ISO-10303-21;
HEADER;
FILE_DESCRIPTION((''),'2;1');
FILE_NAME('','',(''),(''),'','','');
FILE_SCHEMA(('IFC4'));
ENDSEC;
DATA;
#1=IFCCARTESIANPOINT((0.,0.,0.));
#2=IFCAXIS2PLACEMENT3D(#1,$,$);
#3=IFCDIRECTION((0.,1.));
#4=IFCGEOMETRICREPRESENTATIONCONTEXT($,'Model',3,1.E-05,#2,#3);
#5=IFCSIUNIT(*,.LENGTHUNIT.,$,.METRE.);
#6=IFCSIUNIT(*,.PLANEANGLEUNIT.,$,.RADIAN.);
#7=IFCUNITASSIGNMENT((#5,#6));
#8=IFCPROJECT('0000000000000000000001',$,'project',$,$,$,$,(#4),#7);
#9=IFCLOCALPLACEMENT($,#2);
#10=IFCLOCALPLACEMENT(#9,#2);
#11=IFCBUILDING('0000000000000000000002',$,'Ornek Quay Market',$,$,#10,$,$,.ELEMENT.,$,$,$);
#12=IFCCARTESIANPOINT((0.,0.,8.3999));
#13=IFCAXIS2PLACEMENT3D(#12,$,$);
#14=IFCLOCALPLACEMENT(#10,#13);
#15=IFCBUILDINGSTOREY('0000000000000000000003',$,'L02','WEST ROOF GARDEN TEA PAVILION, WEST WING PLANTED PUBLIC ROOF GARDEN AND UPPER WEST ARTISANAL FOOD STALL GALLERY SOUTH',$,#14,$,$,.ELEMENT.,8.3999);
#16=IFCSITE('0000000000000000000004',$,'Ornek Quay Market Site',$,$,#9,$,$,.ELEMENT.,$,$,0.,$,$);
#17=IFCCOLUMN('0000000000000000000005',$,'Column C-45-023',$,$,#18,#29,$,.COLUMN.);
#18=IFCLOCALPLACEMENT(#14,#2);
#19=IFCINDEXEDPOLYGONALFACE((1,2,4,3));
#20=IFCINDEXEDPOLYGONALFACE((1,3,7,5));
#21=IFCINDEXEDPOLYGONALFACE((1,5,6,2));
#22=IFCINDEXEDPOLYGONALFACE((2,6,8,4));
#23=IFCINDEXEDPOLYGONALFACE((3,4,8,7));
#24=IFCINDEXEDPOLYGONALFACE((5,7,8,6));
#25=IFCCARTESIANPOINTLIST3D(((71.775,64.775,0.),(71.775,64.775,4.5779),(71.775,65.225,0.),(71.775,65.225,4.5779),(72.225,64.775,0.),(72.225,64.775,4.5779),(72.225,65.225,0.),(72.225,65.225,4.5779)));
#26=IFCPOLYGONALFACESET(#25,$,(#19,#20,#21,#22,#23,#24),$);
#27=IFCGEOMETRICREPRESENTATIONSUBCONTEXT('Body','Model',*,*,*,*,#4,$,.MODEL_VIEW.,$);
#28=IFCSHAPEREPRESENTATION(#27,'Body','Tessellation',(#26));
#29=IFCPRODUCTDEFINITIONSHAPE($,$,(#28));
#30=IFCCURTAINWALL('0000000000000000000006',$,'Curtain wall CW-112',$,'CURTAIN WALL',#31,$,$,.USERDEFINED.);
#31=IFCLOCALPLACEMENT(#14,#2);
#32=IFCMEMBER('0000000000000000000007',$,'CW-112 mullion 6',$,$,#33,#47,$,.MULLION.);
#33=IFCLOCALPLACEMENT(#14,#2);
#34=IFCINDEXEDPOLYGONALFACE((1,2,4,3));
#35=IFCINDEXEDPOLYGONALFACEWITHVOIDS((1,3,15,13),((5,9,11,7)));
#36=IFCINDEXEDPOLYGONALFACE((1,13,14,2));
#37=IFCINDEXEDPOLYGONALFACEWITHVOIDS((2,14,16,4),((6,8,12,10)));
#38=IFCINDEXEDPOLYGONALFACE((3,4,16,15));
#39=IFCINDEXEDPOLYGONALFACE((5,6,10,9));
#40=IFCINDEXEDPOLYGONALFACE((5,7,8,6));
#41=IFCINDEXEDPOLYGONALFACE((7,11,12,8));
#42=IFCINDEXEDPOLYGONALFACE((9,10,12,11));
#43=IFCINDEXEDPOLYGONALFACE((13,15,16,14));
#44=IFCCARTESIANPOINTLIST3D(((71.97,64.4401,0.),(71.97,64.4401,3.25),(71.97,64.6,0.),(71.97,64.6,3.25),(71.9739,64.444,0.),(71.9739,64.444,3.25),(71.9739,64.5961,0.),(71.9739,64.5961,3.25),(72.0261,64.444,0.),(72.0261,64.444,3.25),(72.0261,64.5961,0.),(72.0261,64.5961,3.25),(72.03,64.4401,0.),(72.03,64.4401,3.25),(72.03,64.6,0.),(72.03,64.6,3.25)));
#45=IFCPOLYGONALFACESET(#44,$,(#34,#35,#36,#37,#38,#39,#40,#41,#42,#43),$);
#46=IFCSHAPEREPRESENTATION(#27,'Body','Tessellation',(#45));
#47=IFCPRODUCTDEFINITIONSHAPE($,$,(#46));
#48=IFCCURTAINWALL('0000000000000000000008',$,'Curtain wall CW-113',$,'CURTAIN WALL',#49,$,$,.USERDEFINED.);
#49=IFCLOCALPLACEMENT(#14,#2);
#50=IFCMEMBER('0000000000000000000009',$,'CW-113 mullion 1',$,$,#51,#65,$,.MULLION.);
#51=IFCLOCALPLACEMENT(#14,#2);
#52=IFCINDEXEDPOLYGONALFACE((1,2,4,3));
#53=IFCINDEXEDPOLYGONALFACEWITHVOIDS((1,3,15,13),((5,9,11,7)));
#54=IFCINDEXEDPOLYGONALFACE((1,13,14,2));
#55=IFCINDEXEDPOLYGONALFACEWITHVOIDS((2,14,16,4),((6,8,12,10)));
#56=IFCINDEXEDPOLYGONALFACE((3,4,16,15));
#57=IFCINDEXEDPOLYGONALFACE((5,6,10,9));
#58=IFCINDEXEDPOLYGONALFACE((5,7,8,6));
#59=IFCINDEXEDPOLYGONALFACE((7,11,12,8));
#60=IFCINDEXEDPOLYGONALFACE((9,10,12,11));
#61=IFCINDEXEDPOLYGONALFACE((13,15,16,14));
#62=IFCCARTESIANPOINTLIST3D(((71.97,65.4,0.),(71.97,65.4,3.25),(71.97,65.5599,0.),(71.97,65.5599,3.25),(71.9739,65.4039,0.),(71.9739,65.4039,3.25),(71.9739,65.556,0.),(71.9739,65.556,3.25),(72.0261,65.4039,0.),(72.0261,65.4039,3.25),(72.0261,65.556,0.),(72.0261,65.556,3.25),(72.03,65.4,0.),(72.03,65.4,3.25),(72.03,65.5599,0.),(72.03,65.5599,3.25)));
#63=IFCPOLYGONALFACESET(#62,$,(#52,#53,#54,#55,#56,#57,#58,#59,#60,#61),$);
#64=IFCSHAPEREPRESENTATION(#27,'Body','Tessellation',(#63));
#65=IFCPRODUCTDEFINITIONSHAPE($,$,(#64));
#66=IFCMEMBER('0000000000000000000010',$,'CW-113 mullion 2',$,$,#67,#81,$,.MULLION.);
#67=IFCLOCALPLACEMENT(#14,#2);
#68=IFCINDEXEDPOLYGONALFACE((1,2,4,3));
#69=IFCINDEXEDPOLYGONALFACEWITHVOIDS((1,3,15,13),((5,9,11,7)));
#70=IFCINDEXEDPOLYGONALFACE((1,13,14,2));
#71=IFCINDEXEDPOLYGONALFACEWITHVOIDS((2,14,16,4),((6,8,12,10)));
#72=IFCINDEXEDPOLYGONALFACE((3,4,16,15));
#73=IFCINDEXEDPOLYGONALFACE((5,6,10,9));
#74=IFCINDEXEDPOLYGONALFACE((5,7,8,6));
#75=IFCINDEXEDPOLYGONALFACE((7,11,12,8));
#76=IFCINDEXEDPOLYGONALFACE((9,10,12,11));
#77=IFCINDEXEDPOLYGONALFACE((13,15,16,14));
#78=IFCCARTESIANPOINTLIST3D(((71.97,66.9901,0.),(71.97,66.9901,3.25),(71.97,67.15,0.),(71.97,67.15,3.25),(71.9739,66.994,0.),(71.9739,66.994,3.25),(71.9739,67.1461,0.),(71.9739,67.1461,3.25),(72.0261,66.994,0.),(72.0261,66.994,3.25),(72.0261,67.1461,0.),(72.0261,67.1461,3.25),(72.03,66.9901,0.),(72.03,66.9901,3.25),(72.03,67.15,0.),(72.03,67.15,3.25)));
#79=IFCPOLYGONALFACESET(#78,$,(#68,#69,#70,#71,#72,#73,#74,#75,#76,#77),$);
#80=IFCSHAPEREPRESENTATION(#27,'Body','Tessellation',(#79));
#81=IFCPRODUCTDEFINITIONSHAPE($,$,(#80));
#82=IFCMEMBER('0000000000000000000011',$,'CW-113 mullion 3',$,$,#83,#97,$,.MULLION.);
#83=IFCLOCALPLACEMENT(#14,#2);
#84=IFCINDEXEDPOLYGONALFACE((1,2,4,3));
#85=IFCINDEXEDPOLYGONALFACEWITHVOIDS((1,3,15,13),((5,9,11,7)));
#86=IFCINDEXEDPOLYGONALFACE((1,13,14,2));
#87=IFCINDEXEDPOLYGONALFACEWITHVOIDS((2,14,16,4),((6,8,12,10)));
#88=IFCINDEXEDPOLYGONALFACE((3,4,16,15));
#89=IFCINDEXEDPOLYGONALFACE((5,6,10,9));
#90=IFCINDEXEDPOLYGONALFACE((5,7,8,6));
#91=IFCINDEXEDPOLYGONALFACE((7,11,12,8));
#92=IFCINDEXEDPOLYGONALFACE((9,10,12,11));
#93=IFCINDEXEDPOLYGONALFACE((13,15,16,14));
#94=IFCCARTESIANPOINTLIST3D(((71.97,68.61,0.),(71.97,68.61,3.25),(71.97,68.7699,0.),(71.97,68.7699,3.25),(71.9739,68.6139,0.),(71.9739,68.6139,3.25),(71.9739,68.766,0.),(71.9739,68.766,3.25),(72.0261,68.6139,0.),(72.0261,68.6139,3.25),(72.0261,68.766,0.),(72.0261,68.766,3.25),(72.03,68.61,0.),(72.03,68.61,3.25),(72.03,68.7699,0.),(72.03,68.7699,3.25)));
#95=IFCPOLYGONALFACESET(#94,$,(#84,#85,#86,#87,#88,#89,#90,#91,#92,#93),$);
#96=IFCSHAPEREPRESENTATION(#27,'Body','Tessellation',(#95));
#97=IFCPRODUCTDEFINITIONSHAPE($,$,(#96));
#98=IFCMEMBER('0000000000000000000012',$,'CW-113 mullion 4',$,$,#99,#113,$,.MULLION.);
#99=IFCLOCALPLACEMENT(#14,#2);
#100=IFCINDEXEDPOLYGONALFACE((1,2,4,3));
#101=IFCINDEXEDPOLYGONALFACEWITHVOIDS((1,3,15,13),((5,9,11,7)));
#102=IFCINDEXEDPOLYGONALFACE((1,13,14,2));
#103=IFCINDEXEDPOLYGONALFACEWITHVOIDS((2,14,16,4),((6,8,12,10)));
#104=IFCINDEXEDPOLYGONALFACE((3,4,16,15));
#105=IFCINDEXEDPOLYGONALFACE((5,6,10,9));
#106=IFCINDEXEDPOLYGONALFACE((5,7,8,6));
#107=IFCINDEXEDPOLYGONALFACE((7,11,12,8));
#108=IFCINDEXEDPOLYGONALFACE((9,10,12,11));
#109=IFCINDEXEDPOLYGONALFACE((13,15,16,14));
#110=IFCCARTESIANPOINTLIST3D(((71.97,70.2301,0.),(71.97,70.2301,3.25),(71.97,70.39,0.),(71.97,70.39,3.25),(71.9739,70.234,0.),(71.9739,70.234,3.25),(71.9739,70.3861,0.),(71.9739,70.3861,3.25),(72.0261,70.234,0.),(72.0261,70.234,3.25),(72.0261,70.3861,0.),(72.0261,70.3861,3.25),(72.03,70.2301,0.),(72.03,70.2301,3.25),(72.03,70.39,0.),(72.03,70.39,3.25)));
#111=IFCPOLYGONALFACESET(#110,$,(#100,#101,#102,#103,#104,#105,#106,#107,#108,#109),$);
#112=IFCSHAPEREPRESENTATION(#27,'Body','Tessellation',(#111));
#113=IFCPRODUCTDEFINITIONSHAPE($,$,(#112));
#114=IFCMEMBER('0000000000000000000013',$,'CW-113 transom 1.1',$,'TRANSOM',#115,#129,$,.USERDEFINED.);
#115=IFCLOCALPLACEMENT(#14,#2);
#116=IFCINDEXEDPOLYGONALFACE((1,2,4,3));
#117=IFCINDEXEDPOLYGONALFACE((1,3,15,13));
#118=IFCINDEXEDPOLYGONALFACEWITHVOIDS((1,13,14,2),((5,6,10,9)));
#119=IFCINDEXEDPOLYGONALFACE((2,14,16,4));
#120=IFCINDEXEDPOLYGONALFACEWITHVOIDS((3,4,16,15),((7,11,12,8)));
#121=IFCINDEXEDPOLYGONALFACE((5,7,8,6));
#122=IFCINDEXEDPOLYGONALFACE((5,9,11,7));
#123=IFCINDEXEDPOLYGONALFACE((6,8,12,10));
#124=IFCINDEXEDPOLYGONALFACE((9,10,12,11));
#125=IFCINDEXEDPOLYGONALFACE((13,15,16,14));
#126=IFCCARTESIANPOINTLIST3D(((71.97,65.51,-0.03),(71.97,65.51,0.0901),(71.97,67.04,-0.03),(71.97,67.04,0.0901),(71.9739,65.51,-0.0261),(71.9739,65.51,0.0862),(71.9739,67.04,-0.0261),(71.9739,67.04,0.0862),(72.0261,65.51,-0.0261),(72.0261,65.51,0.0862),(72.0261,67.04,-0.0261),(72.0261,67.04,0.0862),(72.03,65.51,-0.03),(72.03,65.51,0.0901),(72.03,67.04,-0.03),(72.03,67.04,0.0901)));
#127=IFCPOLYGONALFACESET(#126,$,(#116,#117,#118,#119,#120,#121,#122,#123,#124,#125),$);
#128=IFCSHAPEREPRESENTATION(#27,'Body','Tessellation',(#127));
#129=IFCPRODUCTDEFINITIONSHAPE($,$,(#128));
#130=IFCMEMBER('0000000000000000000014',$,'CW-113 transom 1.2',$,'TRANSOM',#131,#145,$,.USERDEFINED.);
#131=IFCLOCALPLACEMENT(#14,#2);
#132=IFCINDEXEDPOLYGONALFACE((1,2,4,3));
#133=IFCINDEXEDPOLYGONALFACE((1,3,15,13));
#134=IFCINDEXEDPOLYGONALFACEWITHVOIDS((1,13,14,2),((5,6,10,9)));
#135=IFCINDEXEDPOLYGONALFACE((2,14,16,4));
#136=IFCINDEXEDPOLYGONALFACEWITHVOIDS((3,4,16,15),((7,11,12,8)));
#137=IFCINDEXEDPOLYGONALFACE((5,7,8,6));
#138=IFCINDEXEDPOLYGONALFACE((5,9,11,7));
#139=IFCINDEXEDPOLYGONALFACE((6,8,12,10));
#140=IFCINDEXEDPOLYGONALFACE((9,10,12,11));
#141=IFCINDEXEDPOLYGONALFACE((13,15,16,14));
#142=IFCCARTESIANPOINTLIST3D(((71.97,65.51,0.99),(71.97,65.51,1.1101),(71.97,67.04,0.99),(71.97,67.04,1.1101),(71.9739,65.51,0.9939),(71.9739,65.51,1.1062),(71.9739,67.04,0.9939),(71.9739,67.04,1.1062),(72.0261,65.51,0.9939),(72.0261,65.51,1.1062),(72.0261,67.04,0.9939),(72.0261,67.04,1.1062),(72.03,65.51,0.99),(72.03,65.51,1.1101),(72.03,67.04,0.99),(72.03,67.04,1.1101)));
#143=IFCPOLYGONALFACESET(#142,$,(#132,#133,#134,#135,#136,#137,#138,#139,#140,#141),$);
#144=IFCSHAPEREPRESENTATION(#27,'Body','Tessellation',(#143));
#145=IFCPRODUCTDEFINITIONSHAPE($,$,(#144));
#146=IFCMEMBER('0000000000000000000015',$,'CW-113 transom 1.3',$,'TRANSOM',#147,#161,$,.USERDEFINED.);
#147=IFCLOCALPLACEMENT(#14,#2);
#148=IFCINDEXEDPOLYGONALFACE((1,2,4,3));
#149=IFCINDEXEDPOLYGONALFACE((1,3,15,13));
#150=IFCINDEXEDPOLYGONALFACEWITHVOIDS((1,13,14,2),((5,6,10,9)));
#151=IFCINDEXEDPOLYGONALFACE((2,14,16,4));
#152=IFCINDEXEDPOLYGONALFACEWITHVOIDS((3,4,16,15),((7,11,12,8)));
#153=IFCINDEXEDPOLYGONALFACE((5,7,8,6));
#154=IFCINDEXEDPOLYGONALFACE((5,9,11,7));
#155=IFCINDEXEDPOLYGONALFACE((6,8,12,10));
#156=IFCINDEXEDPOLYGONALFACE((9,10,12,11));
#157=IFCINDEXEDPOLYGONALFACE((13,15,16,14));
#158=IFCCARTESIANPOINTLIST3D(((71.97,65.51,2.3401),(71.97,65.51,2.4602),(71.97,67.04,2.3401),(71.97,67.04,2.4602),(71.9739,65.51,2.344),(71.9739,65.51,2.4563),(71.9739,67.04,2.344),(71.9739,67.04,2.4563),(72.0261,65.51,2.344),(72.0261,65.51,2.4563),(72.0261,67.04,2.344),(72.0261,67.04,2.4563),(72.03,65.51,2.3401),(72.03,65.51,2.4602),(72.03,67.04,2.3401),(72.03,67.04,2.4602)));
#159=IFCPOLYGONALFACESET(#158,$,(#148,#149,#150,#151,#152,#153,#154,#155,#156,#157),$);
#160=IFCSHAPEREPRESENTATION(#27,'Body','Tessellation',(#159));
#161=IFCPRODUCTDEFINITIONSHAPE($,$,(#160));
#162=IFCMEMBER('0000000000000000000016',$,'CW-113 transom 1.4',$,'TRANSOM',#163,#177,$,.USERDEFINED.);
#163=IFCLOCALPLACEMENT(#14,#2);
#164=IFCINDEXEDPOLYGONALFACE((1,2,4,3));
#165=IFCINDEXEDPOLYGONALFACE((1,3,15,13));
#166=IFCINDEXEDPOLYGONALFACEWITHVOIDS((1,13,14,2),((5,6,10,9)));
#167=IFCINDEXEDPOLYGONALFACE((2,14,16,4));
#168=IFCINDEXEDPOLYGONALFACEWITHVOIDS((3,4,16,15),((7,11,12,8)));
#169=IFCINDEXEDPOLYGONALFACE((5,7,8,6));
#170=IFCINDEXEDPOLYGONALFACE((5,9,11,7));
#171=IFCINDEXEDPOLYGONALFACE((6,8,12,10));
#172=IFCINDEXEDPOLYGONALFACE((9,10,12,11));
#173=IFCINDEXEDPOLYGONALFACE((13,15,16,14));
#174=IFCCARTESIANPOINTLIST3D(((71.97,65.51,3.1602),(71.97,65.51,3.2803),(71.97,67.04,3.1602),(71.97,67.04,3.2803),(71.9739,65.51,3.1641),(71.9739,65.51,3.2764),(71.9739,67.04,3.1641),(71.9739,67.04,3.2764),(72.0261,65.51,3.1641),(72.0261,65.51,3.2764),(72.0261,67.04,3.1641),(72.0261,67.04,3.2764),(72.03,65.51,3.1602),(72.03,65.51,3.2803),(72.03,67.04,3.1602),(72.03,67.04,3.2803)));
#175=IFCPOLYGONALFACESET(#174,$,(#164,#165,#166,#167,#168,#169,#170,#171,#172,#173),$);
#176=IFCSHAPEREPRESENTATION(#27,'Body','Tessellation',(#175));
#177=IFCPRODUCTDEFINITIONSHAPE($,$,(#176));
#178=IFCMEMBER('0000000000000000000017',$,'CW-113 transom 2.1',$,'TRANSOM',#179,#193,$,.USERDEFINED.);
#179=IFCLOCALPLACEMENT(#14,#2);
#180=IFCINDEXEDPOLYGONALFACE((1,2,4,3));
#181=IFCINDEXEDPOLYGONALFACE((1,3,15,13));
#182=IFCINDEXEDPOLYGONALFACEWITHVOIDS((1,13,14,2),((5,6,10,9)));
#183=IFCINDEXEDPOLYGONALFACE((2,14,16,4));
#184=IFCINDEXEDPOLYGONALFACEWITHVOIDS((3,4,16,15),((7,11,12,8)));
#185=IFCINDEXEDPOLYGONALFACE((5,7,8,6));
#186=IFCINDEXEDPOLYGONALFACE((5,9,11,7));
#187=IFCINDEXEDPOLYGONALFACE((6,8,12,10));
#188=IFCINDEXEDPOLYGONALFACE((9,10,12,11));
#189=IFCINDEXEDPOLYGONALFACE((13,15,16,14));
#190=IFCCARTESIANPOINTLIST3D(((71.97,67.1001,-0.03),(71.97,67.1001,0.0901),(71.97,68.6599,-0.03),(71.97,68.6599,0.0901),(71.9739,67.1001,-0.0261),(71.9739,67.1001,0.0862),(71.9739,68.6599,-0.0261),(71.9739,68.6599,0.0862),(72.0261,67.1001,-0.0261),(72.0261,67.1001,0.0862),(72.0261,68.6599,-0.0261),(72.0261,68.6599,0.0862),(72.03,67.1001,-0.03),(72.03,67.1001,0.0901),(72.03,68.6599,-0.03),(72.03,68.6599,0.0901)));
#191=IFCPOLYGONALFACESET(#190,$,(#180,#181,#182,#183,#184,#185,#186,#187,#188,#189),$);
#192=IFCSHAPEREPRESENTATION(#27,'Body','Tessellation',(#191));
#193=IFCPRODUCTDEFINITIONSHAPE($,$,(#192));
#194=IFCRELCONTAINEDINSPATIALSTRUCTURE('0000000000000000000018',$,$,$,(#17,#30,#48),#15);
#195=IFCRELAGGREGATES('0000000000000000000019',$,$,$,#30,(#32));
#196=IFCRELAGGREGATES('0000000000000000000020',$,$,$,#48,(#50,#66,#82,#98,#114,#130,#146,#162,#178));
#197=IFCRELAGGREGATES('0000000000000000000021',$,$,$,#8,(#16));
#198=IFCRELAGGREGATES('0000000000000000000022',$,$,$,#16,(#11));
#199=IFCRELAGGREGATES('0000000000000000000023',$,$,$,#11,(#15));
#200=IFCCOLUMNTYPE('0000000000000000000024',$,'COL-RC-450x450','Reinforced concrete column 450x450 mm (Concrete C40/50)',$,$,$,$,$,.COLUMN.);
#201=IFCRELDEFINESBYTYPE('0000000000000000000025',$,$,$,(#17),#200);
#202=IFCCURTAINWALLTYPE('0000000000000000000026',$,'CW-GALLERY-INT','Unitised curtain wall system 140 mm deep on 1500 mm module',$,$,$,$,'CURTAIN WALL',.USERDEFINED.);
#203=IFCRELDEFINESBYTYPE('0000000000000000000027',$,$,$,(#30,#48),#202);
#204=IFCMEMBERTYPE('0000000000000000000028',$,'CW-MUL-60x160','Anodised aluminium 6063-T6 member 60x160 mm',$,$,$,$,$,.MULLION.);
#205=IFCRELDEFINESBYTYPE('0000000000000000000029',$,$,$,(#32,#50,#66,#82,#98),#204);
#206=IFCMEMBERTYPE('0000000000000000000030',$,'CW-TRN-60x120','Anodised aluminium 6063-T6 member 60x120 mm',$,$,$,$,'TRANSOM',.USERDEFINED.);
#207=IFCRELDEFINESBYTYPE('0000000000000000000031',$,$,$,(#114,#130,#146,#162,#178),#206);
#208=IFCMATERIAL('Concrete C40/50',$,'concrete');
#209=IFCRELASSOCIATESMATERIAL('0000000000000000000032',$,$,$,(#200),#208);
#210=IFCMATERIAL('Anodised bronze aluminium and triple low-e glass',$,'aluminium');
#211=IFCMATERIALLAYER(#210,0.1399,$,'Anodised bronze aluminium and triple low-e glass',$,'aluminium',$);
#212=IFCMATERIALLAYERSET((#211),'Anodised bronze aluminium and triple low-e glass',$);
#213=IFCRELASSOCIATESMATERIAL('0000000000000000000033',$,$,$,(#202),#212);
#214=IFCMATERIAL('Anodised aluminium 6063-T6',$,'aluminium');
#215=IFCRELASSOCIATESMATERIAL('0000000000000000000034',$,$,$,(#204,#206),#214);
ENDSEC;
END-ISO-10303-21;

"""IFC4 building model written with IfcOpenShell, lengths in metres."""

from ifc_helpers import new_model, si_unit, direction, frame, origin, origin_2d, place, context, subcontext, project, spatial, rectangle, hollow_rectangle, extrude, material, layer, layer_set, material_profile, profile_set, type_object, element, aggregate, save


model = new_model("IFC4")

# Units and contexts
model_context = context("Model", 3, precision=1e-05, world=origin(), true_north=direction((0.0, 1.0)))
body_context = subcontext(model_context, "Body", "Model", "MODEL_VIEW")
ifc_project = project(units=[si_unit("LENGTHUNIT", "METRE"), si_unit("PLANEANGLEUNIT", "RADIAN")], contexts=[model_context])

# Site, building, storey
site_placement = place(None, origin())
site = spatial("IfcSite", under=ifc_project, at=site_placement, Name="Ornek Quay Market Site", CompositionType="ELEMENT", RefElevation=0.0)
building_placement = place(site_placement, origin())
building = spatial("IfcBuilding", under=site, at=building_placement, Name="Ornek Quay Market", CompositionType="ELEMENT")
storey_placement = place(building_placement, frame((0.0, 0.0, 8.3999)))
storey = spatial("IfcBuildingStorey", under=building, at=storey_placement, Name="L02", Description="WEST ROOF GARDEN TEA PAVILION, WEST WING PLANTED PUBLIC ROOF GARDEN AND UPPER WEST ARTISANAL FOOD STALL GALLERY SOUTH", CompositionType="ELEMENT", Elevation=8.3999)

# Column
ifc_material_1 = material(Name="Concrete C40/50", Category="concrete")
ifc_material_profile_1 = material_profile(ifc_material_1, rectangle(XDim=0.45, YDim=0.45, at=origin_2d()), Name="RC 450x450", Category="concrete")
ifc_profile_set_1 = profile_set([ifc_material_profile_1], Name="Concrete C40/50")
column_type = type_object("IfcColumnType", Name="COL-RC-450x450", Description="Reinforced concrete column 450x450 mm (Concrete C40/50)", PredefinedType="COLUMN", material=ifc_profile_set_1)
column_placement = place(storey_placement, frame((72.0, 65.0, 0.0), z_axis=(0.0, 0.0, 1.0), x_axis=(1.0, 0.0, 0.0)))
element("IfcColumn", 1, at=column_placement, inside=storey, type_object=column_type, Name="Column C-45-023", PredefinedType="COLUMN", context=body_context, shape_type="SweptSolid", body=[
    extrude(rectangle(XDim=0.45, YDim=0.45, at=origin_2d()), origin(), (0.0, 0.0, 1.0), 4.5779),
])

# Curtain wall, member
ifc_material_2 = material(Name="Anodised bronze aluminium and triple low-e glass", Category="aluminium")
ifc_layer_1 = layer(ifc_material_2, 0.1399, Name="Anodised bronze aluminium and triple low-e glass", Category="aluminium")
ifc_layer_set_1 = layer_set([ifc_layer_1], Name="Anodised bronze aluminium and triple low-e glass")
curtain_wall_type = type_object("IfcCurtainWallType", Name="CW-GALLERY-INT", Description="Unitised curtain wall system 140 mm deep on 1500 mm module", ElementType="CURTAIN WALL", PredefinedType="USERDEFINED", material=ifc_layer_set_1)
curtain_wall_1_placement = place(storey_placement, origin())
curtain_wall_1 = element("IfcCurtainWall", 2, at=curtain_wall_1_placement, inside=storey, type_object=curtain_wall_type, Name="Curtain wall CW-112", ObjectType="CURTAIN WALL", PredefinedType="USERDEFINED")
ifc_material_3 = material(Name="Anodised aluminium 6063-T6", Category="aluminium")
ifc_material_profile_2 = material_profile(ifc_material_3, hollow_rectangle(XDim=0.0601, YDim=0.1599, WallThickness=0.0039, at=origin_2d()), Name="CW-MUL-60x160", Category="aluminium")
ifc_profile_set_2 = profile_set([ifc_material_profile_2], Name="Anodised aluminium 6063-T6")
member_type_1 = type_object("IfcMemberType", Name="CW-MUL-60x160", Description="Anodised aluminium 6063-T6 member 60x160 mm", PredefinedType="MULLION", material=ifc_profile_set_2)
member_1_placement = place(storey_placement, frame((72.0, 64.52, 0.0), z_axis=(0.0, 0.0, 1.0), x_axis=(-1.0, 0.0, 0.0)))
member_1 = element("IfcMember", 3, at=member_1_placement, type_object=member_type_1, Name="CW-112 mullion 6", PredefinedType="MULLION", context=body_context, shape_type="SweptSolid", body=[
    extrude(hollow_rectangle(XDim=0.0601, YDim=0.1599, WallThickness=0.0039, at=origin_2d()), origin(), (0.0, 0.0, 1.0), 3.25),
])

# Curtain wall, members
curtain_wall_2_placement = place(storey_placement, origin())
curtain_wall_2 = element("IfcCurtainWall", 4, at=curtain_wall_2_placement, inside=storey, type_object=curtain_wall_type, Name="Curtain wall CW-113", ObjectType="CURTAIN WALL", PredefinedType="USERDEFINED")
member_2_placement = place(storey_placement, frame((72.0, 65.48, 0.0), z_axis=(0.0, 0.0, 1.0), x_axis=(-1.0, 0.0, 0.0)))
member_2 = element("IfcMember", 5, at=member_2_placement, type_object=member_type_1, Name="CW-113 mullion 1", PredefinedType="MULLION", context=body_context, shape_type="SweptSolid", body=[
    extrude(hollow_rectangle(XDim=0.0601, YDim=0.1599, WallThickness=0.0039, at=origin_2d()), origin(), (0.0, 0.0, 1.0), 3.25),
])
member_3_placement = place(storey_placement, frame((72.0, 67.0701, 0.0), z_axis=(0.0, 0.0, 1.0), x_axis=(-1.0, 0.0, 0.0)))
member_3 = element("IfcMember", 6, at=member_3_placement, type_object=member_type_1, Name="CW-113 mullion 2", PredefinedType="MULLION", context=body_context, shape_type="SweptSolid", body=[
    extrude(hollow_rectangle(XDim=0.0601, YDim=0.1599, WallThickness=0.0039, at=origin_2d()), origin(), (0.0, 0.0, 1.0), 3.25),
])
member_4_placement = place(storey_placement, frame((72.0, 68.6899, 0.0), z_axis=(0.0, 0.0, 1.0), x_axis=(-1.0, 0.0, 0.0)))
member_4 = element("IfcMember", 7, at=member_4_placement, type_object=member_type_1, Name="CW-113 mullion 3", PredefinedType="MULLION", context=body_context, shape_type="SweptSolid", body=[
    extrude(hollow_rectangle(XDim=0.0601, YDim=0.1599, WallThickness=0.0039, at=origin_2d()), origin(), (0.0, 0.0, 1.0), 3.25),
])
member_5_placement = place(storey_placement, frame((72.0, 70.3101, 0.0), z_axis=(0.0, 0.0, 1.0), x_axis=(-1.0, 0.0, 0.0)))
member_5 = element("IfcMember", 8, at=member_5_placement, type_object=member_type_1, Name="CW-113 mullion 4", PredefinedType="MULLION", context=body_context, shape_type="SweptSolid", body=[
    extrude(hollow_rectangle(XDim=0.0601, YDim=0.1599, WallThickness=0.0039, at=origin_2d()), origin(), (0.0, 0.0, 1.0), 3.25),
])
ifc_material_profile_3 = material_profile(ifc_material_3, hollow_rectangle(XDim=0.0601, YDim=0.1201, WallThickness=0.0039, at=origin_2d()), Name="CW-TRN-60x120", Category="aluminium")
ifc_profile_set_3 = profile_set([ifc_material_profile_3], Name="Anodised aluminium 6063-T6")
member_type_2 = type_object("IfcMemberType", Name="CW-TRN-60x120", Description="Anodised aluminium 6063-T6 member 60x120 mm", ElementType="TRANSOM", PredefinedType="USERDEFINED", material=ifc_profile_set_3)
member_6_placement = place(storey_placement, frame((72.0, 65.51, 0.03), z_axis=(0.0, 1.0, 0.0), x_axis=(-1.0, 0.0, 0.0)))
member_6 = element("IfcMember", 9, at=member_6_placement, type_object=member_type_2, Name="CW-113 transom 1.1", ObjectType="TRANSOM", PredefinedType="USERDEFINED", context=body_context, shape_type="SweptSolid", body=[
    extrude(hollow_rectangle(XDim=0.0601, YDim=0.1201, WallThickness=0.0039, at=origin_2d()), origin(), (0.0, 0.0, 1.0), 1.53),
])
member_7_placement = place(storey_placement, frame((72.0, 65.51, 1.05), z_axis=(0.0, 1.0, 0.0), x_axis=(-1.0, 0.0, 0.0)))
member_7 = element("IfcMember", 10, at=member_7_placement, type_object=member_type_2, Name="CW-113 transom 1.2", ObjectType="TRANSOM", PredefinedType="USERDEFINED", context=body_context, shape_type="SweptSolid", body=[
    extrude(hollow_rectangle(XDim=0.0601, YDim=0.1201, WallThickness=0.0039, at=origin_2d()), origin(), (0.0, 0.0, 1.0), 1.53),
])
member_8_placement = place(storey_placement, frame((72.0, 65.51, 2.4001), z_axis=(0.0, 1.0, 0.0), x_axis=(-1.0, 0.0, 0.0)))
member_8 = element("IfcMember", 11, at=member_8_placement, type_object=member_type_2, Name="CW-113 transom 1.3", ObjectType="TRANSOM", PredefinedType="USERDEFINED", context=body_context, shape_type="SweptSolid", body=[
    extrude(hollow_rectangle(XDim=0.0601, YDim=0.1201, WallThickness=0.0039, at=origin_2d()), origin(), (0.0, 0.0, 1.0), 1.53),
])
member_9_placement = place(storey_placement, frame((72.0, 65.51, 3.2202), z_axis=(0.0, 1.0, 0.0), x_axis=(-1.0, 0.0, 0.0)))
member_9 = element("IfcMember", 12, at=member_9_placement, type_object=member_type_2, Name="CW-113 transom 1.4", ObjectType="TRANSOM", PredefinedType="USERDEFINED", context=body_context, shape_type="SweptSolid", body=[
    extrude(hollow_rectangle(XDim=0.0601, YDim=0.1201, WallThickness=0.0039, at=origin_2d()), origin(), (0.0, 0.0, 1.0), 1.53),
])
member_10_placement = place(storey_placement, frame((72.0, 67.1001, 0.03), z_axis=(0.0, 1.0, 0.0), x_axis=(-1.0, 0.0, 0.0)))
member_10 = element("IfcMember", 13, at=member_10_placement, type_object=member_type_2, Name="CW-113 transom 2.1", ObjectType="TRANSOM", PredefinedType="USERDEFINED", context=body_context, shape_type="SweptSolid", body=[
    extrude(hollow_rectangle(XDim=0.0601, YDim=0.1201, WallThickness=0.0039, at=origin_2d()), origin(), (0.0, 0.0, 1.0), 1.5598),
])

aggregate(curtain_wall_1, [member_1])
aggregate(curtain_wall_2, [member_2, member_3, member_4, member_5, member_6, member_7, member_8, member_9, member_10])

save(model, "model.ifc")
